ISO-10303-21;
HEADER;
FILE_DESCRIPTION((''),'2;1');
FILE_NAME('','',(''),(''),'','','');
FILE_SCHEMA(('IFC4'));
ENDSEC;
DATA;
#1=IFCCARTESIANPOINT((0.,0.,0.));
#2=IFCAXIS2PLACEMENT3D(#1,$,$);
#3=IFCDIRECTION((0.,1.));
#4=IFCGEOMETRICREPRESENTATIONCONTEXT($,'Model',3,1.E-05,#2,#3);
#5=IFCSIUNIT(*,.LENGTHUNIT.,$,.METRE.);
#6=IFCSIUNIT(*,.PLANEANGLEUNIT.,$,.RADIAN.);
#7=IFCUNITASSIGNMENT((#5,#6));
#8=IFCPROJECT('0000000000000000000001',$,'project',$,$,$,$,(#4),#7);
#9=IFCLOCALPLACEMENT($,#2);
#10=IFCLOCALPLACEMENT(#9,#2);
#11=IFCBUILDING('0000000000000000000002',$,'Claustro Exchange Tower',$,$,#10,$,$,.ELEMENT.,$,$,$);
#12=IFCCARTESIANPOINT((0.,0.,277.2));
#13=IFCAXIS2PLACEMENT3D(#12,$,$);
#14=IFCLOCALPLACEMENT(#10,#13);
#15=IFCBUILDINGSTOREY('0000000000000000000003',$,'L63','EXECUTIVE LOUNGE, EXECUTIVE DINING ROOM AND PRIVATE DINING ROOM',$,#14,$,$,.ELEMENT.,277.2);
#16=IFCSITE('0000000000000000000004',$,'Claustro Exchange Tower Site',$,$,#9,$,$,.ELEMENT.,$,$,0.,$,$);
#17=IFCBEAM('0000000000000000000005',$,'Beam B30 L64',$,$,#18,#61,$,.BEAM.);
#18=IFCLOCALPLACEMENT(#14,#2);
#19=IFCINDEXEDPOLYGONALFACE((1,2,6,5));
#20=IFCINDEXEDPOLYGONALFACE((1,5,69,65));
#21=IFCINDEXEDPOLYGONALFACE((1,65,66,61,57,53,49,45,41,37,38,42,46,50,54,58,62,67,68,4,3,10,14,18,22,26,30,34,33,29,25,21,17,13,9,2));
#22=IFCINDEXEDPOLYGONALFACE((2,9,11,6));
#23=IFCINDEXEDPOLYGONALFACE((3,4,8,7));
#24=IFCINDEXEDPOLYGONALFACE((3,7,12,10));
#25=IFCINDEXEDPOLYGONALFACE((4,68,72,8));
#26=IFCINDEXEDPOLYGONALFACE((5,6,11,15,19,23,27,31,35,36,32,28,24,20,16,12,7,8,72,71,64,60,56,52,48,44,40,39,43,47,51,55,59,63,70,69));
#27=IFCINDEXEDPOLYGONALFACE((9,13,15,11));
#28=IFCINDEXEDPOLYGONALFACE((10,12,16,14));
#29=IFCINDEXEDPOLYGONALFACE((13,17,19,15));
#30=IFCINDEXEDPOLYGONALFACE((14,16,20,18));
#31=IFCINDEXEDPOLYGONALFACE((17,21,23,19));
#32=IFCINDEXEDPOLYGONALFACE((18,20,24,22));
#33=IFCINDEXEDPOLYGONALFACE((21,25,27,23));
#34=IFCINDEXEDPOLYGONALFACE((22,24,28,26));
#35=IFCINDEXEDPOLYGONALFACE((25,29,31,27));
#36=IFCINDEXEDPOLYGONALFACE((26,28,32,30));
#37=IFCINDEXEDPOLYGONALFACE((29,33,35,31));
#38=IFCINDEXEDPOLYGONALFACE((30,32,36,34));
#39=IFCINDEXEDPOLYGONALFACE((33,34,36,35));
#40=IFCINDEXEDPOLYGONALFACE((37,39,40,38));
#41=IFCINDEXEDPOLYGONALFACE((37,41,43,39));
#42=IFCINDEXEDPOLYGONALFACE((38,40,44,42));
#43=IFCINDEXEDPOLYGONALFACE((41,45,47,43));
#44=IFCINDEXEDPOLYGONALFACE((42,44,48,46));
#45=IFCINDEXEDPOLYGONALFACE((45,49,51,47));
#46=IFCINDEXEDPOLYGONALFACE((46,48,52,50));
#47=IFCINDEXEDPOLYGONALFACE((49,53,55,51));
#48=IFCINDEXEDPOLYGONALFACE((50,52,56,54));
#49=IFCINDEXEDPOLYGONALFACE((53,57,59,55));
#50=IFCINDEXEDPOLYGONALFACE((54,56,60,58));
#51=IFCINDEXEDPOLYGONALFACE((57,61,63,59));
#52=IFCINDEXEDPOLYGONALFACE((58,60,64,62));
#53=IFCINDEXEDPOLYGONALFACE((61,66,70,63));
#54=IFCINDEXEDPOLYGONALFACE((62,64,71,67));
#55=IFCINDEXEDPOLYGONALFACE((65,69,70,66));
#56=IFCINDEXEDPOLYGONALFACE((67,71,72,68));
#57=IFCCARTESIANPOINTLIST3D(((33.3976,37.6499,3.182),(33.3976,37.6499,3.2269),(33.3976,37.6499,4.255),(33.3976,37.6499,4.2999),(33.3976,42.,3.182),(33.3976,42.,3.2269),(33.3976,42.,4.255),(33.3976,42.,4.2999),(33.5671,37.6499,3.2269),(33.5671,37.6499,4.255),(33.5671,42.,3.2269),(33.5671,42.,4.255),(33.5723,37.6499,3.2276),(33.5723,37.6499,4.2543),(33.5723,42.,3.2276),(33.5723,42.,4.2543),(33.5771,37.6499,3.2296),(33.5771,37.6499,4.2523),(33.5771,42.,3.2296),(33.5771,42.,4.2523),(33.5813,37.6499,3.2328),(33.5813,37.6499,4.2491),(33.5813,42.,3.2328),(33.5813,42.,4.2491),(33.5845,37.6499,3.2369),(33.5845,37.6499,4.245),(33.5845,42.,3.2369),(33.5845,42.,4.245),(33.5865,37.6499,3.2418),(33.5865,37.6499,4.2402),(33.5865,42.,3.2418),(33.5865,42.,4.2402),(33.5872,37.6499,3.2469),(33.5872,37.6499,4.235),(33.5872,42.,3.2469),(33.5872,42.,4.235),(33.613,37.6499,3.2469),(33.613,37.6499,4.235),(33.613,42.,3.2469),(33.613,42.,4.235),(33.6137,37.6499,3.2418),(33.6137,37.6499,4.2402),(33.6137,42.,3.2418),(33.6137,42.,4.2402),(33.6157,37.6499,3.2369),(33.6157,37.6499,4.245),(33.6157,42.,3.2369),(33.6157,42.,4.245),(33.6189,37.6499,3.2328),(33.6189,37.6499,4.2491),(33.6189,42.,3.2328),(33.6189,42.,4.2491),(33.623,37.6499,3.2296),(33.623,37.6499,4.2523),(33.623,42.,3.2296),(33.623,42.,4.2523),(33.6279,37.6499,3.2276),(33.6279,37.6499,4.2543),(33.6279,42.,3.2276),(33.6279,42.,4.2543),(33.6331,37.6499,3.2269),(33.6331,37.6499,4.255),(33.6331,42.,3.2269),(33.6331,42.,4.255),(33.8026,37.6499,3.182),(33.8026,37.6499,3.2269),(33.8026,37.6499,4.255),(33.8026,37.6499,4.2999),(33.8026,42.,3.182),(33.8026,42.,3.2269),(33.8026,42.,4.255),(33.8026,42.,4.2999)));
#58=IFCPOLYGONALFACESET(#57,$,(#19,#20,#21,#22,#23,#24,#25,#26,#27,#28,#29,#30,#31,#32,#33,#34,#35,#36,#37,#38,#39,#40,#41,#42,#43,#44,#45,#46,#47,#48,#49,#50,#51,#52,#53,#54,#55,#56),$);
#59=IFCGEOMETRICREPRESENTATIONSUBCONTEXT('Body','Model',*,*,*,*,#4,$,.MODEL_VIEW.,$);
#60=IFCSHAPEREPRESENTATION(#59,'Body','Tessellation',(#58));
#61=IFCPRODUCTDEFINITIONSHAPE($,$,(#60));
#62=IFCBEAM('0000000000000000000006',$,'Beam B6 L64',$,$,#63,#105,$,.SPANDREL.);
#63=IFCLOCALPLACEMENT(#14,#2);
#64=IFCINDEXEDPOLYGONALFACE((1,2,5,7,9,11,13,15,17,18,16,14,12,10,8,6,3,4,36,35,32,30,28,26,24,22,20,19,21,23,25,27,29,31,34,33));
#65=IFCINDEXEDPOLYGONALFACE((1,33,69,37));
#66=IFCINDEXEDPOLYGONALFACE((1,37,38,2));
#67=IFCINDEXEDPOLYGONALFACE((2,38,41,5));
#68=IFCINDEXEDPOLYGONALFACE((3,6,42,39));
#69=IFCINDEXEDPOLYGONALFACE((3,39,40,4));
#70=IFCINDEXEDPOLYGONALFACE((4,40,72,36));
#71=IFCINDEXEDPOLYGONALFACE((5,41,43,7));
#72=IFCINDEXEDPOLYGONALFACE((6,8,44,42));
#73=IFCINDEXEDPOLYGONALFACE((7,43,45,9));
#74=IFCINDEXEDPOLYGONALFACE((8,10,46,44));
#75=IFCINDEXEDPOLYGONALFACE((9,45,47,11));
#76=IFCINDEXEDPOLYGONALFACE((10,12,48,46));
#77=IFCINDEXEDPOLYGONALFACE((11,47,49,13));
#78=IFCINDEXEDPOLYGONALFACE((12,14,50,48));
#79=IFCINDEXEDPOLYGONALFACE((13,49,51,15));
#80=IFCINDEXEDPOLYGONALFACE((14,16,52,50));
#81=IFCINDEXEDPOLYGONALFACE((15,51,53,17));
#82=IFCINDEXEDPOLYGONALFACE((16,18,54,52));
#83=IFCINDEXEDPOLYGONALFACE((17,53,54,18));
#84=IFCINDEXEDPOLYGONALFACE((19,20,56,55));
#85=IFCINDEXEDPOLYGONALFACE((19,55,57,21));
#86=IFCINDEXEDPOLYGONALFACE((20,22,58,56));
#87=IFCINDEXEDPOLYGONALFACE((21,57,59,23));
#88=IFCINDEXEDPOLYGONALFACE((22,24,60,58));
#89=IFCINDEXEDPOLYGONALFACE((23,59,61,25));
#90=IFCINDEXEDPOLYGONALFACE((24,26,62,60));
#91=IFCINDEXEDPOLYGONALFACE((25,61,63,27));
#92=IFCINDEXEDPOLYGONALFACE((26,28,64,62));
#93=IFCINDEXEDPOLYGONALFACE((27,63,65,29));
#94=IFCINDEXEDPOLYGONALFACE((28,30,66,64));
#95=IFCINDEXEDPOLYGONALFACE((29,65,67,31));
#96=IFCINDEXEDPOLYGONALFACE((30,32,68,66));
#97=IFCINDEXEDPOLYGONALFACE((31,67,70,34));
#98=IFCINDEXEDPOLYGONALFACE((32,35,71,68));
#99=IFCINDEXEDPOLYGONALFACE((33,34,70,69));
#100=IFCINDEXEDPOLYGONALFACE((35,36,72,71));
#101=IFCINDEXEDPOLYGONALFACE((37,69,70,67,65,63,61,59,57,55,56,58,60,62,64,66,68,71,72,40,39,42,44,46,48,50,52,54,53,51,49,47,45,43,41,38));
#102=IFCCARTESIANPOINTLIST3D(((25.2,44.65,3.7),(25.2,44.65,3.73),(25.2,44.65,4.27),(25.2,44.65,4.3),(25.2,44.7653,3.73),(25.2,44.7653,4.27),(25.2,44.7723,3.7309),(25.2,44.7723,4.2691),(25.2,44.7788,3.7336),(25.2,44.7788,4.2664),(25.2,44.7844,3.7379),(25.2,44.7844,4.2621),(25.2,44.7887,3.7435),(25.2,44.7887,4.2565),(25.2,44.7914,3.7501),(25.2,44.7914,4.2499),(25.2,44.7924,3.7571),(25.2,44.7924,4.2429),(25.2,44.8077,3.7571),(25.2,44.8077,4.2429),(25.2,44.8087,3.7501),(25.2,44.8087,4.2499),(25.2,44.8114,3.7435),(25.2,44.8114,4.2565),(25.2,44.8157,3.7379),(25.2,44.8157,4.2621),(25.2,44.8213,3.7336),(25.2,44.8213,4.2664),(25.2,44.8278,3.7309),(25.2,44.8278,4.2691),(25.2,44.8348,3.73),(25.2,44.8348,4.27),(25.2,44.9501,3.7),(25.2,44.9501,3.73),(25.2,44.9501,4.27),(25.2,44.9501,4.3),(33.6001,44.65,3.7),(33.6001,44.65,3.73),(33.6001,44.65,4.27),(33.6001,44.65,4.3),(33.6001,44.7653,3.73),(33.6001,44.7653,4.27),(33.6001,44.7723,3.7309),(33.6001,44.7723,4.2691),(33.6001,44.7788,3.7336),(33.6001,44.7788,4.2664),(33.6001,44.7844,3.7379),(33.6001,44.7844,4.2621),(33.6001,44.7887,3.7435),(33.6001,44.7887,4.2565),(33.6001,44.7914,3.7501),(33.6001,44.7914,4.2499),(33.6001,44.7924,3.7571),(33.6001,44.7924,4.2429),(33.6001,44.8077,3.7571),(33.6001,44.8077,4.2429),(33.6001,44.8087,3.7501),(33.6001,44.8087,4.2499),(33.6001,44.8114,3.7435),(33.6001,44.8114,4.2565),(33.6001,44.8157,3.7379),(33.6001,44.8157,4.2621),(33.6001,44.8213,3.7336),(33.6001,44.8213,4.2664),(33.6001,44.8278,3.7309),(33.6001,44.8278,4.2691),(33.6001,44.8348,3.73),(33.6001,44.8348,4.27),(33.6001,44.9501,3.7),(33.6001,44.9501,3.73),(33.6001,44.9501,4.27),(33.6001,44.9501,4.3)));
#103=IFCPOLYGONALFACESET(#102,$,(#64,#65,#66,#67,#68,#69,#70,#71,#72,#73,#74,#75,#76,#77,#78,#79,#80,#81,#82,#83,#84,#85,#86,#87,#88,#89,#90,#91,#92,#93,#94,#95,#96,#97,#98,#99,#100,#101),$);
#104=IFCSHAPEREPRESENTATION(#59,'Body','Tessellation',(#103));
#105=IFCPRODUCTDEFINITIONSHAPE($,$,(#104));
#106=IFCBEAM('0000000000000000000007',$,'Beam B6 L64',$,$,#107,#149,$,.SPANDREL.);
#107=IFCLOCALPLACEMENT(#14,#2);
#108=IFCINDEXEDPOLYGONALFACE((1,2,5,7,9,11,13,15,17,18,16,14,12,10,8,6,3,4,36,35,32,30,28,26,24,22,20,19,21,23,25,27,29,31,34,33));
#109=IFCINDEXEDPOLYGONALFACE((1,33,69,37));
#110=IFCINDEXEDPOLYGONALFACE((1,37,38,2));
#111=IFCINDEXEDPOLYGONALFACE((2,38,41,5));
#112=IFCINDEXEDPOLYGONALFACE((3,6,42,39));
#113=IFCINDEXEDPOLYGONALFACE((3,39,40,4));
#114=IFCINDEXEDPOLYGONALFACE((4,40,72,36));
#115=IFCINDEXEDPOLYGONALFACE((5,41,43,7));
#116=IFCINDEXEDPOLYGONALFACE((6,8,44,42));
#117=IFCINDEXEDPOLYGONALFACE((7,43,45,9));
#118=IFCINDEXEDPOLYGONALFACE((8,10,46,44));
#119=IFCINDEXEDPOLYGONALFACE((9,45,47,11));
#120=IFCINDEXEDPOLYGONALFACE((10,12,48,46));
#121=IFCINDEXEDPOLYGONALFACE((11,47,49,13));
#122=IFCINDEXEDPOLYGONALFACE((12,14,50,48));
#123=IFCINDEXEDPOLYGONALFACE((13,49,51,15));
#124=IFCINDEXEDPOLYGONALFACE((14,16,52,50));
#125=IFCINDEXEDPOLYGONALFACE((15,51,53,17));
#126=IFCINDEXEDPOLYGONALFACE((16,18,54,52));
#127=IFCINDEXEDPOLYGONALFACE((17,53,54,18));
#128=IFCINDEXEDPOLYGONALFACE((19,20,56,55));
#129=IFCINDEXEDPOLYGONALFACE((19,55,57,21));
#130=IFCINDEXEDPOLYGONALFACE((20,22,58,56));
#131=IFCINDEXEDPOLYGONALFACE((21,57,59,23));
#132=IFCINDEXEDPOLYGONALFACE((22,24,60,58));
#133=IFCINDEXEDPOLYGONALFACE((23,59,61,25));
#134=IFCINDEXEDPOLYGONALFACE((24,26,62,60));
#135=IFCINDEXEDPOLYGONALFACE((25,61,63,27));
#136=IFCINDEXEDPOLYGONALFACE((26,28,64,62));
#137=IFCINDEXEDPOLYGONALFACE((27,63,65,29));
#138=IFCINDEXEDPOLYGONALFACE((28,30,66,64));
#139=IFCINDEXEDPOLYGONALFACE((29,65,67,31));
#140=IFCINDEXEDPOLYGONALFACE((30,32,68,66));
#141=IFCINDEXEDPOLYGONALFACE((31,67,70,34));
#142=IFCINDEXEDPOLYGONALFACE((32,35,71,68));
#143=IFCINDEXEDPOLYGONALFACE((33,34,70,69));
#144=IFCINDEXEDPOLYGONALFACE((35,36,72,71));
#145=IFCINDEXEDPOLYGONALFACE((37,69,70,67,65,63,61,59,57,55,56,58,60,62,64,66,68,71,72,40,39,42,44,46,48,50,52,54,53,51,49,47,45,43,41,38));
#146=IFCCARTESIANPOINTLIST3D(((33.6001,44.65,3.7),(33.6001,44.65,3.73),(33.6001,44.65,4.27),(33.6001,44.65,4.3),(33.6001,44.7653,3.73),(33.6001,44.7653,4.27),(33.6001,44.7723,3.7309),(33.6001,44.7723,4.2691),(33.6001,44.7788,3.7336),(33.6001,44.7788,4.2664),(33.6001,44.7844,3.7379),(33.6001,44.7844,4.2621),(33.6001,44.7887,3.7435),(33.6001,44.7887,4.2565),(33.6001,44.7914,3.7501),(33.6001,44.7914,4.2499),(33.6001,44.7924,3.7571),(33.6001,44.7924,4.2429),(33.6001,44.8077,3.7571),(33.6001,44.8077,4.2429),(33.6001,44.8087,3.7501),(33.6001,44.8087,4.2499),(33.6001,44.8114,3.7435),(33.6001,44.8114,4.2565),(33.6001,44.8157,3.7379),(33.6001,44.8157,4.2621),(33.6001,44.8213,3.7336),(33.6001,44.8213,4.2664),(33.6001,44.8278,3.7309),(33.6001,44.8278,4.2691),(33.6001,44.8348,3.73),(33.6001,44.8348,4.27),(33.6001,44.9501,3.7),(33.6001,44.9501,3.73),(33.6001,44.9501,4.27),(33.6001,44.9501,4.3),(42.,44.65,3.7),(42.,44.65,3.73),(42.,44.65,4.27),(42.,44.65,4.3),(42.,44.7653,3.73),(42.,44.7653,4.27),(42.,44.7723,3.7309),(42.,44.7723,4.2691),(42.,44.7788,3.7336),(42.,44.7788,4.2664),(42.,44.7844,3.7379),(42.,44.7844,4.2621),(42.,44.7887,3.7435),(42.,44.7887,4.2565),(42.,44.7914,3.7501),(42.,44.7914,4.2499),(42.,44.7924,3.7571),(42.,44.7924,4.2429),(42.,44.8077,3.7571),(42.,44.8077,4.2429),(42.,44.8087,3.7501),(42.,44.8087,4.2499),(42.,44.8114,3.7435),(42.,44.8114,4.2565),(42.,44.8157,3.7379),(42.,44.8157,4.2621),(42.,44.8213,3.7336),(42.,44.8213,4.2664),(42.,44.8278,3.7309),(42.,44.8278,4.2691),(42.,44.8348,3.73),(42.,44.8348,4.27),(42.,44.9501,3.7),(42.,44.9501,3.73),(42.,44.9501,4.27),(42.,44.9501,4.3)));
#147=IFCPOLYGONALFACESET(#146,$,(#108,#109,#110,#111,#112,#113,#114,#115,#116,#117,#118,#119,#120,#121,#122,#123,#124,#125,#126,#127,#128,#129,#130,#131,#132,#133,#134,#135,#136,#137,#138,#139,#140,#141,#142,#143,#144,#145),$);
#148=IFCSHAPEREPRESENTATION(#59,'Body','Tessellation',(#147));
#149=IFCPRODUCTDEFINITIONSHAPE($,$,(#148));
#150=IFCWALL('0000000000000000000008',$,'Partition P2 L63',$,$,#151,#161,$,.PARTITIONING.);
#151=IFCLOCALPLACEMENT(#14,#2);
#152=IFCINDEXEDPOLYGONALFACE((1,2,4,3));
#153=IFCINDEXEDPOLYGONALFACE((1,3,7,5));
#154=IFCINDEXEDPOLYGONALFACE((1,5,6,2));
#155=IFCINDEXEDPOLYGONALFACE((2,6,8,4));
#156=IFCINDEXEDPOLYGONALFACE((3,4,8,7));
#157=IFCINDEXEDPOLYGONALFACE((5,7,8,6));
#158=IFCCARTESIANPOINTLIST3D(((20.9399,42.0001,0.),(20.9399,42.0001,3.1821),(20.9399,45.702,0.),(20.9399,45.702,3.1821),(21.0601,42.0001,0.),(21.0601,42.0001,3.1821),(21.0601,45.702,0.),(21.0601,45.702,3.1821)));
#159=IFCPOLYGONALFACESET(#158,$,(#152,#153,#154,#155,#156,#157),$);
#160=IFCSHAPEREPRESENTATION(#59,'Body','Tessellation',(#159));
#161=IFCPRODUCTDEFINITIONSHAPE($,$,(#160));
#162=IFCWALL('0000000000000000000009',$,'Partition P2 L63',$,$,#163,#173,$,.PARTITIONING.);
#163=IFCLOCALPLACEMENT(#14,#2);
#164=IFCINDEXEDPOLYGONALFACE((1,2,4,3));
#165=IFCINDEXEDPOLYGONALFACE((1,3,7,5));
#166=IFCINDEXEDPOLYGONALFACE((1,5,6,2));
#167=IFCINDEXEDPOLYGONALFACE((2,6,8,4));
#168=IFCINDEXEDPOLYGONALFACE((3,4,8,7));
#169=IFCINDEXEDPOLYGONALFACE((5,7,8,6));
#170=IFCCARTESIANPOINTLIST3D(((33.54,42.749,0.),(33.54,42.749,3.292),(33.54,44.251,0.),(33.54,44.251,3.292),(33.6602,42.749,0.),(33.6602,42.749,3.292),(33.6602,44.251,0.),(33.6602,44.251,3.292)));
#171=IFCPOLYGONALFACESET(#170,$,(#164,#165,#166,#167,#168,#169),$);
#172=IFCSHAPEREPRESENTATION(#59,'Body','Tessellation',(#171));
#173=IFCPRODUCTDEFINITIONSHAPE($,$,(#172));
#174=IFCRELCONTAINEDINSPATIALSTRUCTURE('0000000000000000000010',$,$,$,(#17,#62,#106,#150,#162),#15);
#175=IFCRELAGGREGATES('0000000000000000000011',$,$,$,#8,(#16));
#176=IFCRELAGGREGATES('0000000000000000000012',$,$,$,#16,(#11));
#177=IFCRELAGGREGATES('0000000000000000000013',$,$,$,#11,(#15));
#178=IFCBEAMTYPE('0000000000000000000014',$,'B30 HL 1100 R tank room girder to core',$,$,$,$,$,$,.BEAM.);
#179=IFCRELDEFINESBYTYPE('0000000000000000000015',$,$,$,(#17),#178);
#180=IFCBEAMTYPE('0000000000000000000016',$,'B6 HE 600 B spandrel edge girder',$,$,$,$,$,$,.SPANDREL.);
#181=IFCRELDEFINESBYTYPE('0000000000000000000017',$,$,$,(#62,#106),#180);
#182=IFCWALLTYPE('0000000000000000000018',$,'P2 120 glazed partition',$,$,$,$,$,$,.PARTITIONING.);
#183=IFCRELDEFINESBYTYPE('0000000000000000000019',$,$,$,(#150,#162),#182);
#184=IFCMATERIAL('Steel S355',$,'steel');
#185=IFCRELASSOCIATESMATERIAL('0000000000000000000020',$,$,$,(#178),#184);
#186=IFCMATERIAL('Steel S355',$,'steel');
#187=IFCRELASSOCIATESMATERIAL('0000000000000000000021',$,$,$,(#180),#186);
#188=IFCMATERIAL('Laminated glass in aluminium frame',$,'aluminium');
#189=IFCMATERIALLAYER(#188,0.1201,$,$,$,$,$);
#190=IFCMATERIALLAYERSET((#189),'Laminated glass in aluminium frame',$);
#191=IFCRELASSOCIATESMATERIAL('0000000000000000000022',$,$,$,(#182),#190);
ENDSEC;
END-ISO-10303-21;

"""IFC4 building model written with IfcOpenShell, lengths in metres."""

from ifc_helpers import new_model, si_unit, direction, frame, frame_2d, origin, origin_2d, place, context, subcontext, project, spatial, rectangle, i_section, extrude, material, layer, layer_set, material_profile, profile_set, type_object, element, save


model = new_model("IFC4")

# Units and contexts
model_context = context("Model", 3, precision=1e-05, world=origin(), true_north=direction((0.0, 1.0)))
body_context = subcontext(model_context, "Body", "Model", "MODEL_VIEW")
ifc_project = project(units=[si_unit("LENGTHUNIT", "METRE"), si_unit("PLANEANGLEUNIT", "RADIAN")], contexts=[model_context])

# Site, building, storey
site_placement = place(None, origin())
site = spatial("IfcSite", under=ifc_project, at=site_placement, Name="Claustro Exchange Tower Site", CompositionType="ELEMENT", RefElevation=0.0)
building_placement = place(site_placement, origin())
building = spatial("IfcBuilding", under=site, at=building_placement, Name="Claustro Exchange Tower", CompositionType="ELEMENT")
storey_placement = place(building_placement, frame((0.0, 0.0, 277.2)))
storey = spatial("IfcBuildingStorey", under=building, at=storey_placement, Name="L63", Description="EXECUTIVE LOUNGE, EXECUTIVE DINING ROOM AND PRIVATE DINING ROOM", CompositionType="ELEMENT", Elevation=277.2)

# Beams
ifc_material_1 = material(Name="Steel S355", Category="steel")
ifc_material_profile_1 = material_profile(ifc_material_1, i_section(OverallWidth=0.405, OverallDepth=1.1179, WebThickness=0.0259, FlangeThickness=0.0449, FilletRadius=0.02, at=origin_2d()), Name="HL 1100 R")
ifc_profile_set_1 = profile_set([ifc_material_profile_1], Name="Steel S355")
beam_type_1 = type_object("IfcBeamType", Name="B30 HL 1100 R tank room girder to core", PredefinedType="BEAM", material=ifc_profile_set_1)
beam_1_placement = place(storey_placement, frame((33.6001, 37.6499, 3.741), z_axis=(0.0, 1.0, 0.0), x_axis=(-1.0, 0.0, 0.0)))
element("IfcBeam", 1, at=beam_1_placement, inside=storey, type_object=beam_type_1, Name="Beam B30 L64", PredefinedType="BEAM", context=body_context, shape_type="SweptSolid", body=[
    extrude(i_section(OverallWidth=0.405, OverallDepth=1.1179, WebThickness=0.0259, FlangeThickness=0.0449, FilletRadius=0.02, at=origin_2d()), origin(), (0.0, 0.0, 1.0), 4.3501),
])
ifc_material_2 = material(Name="Steel S355", Category="steel")
ifc_material_profile_2 = material_profile(ifc_material_2, i_section(OverallWidth=0.3, OverallDepth=0.6001, WebThickness=0.0154, FlangeThickness=0.03, FilletRadius=0.0271, at=origin_2d()), Name="HE 600 B")
ifc_profile_set_2 = profile_set([ifc_material_profile_2], Name="Steel S355")
beam_type_2 = type_object("IfcBeamType", Name="B6 HE 600 B spandrel edge girder", PredefinedType="SPANDREL", material=ifc_profile_set_2)
beam_2_placement = place(storey_placement, frame((25.2, 44.8, 4.0), z_axis=(1.0, 0.0, 0.0), x_axis=(0.0, 1.0, 0.0)))
element("IfcBeam", 2, at=beam_2_placement, inside=storey, type_object=beam_type_2, Name="Beam B6 L64", PredefinedType="SPANDREL", context=body_context, shape_type="SweptSolid", body=[
    extrude(i_section(OverallWidth=0.3, OverallDepth=0.6001, WebThickness=0.0154, FlangeThickness=0.03, FilletRadius=0.0271, at=origin_2d()), origin(), (0.0, 0.0, 1.0), 8.4001),
])
beam_3_placement = place(storey_placement, frame((33.6001, 44.8, 4.0), z_axis=(1.0, 0.0, 0.0), x_axis=(0.0, 1.0, 0.0)))
element("IfcBeam", 3, at=beam_3_placement, inside=storey, type_object=beam_type_2, Name="Beam B6 L64", PredefinedType="SPANDREL", context=body_context, shape_type="SweptSolid", body=[
    extrude(i_section(OverallWidth=0.3, OverallDepth=0.6001, WebThickness=0.0154, FlangeThickness=0.03, FilletRadius=0.0271, at=origin_2d()), origin(), (0.0, 0.0, 1.0), 8.3999),
])

# Walls
ifc_material_3 = material(Name="Laminated glass in aluminium frame", Category="aluminium")
ifc_layer_1 = layer(ifc_material_3, 0.1201)
ifc_layer_set_1 = layer_set([ifc_layer_1], Name="Laminated glass in aluminium frame")
wall_type_1 = type_object("IfcWallType", Name="P2 120 glazed partition", PredefinedType="PARTITIONING", material=ifc_layer_set_1)
wall_1_placement = place(storey_placement, frame((21.0, 42.0, 0.0), z_axis=(0.0, 0.0, 1.0), x_axis=(0.0, 1.0, 0.0)))
element("IfcWall", 4, at=wall_1_placement, inside=storey, type_object=wall_type_1, Name="Partition P2 L63", PredefinedType="PARTITIONING", context=body_context, shape_type="SweptSolid", body=[
    extrude(rectangle(XDim=3.7019, YDim=0.1201, at=frame_2d((1.8511, 0.0))), origin(), (0.0, 0.0, 1.0), 3.1821),
])
wall_2_placement = place(storey_placement, frame((33.6001, 42.749, 0.0), z_axis=(0.0, 0.0, 1.0), x_axis=(0.0, 1.0, 0.0)))
element("IfcWall", 5, at=wall_2_placement, inside=storey, type_object=wall_type_1, Name="Partition P2 L63", PredefinedType="PARTITIONING", context=body_context, shape_type="SweptSolid", body=[
    extrude(rectangle(XDim=1.502, YDim=0.1201, at=frame_2d((0.751, 0.0))), origin(), (0.0, 0.0, 1.0), 3.292),
])

save(model, "model.ifc")
